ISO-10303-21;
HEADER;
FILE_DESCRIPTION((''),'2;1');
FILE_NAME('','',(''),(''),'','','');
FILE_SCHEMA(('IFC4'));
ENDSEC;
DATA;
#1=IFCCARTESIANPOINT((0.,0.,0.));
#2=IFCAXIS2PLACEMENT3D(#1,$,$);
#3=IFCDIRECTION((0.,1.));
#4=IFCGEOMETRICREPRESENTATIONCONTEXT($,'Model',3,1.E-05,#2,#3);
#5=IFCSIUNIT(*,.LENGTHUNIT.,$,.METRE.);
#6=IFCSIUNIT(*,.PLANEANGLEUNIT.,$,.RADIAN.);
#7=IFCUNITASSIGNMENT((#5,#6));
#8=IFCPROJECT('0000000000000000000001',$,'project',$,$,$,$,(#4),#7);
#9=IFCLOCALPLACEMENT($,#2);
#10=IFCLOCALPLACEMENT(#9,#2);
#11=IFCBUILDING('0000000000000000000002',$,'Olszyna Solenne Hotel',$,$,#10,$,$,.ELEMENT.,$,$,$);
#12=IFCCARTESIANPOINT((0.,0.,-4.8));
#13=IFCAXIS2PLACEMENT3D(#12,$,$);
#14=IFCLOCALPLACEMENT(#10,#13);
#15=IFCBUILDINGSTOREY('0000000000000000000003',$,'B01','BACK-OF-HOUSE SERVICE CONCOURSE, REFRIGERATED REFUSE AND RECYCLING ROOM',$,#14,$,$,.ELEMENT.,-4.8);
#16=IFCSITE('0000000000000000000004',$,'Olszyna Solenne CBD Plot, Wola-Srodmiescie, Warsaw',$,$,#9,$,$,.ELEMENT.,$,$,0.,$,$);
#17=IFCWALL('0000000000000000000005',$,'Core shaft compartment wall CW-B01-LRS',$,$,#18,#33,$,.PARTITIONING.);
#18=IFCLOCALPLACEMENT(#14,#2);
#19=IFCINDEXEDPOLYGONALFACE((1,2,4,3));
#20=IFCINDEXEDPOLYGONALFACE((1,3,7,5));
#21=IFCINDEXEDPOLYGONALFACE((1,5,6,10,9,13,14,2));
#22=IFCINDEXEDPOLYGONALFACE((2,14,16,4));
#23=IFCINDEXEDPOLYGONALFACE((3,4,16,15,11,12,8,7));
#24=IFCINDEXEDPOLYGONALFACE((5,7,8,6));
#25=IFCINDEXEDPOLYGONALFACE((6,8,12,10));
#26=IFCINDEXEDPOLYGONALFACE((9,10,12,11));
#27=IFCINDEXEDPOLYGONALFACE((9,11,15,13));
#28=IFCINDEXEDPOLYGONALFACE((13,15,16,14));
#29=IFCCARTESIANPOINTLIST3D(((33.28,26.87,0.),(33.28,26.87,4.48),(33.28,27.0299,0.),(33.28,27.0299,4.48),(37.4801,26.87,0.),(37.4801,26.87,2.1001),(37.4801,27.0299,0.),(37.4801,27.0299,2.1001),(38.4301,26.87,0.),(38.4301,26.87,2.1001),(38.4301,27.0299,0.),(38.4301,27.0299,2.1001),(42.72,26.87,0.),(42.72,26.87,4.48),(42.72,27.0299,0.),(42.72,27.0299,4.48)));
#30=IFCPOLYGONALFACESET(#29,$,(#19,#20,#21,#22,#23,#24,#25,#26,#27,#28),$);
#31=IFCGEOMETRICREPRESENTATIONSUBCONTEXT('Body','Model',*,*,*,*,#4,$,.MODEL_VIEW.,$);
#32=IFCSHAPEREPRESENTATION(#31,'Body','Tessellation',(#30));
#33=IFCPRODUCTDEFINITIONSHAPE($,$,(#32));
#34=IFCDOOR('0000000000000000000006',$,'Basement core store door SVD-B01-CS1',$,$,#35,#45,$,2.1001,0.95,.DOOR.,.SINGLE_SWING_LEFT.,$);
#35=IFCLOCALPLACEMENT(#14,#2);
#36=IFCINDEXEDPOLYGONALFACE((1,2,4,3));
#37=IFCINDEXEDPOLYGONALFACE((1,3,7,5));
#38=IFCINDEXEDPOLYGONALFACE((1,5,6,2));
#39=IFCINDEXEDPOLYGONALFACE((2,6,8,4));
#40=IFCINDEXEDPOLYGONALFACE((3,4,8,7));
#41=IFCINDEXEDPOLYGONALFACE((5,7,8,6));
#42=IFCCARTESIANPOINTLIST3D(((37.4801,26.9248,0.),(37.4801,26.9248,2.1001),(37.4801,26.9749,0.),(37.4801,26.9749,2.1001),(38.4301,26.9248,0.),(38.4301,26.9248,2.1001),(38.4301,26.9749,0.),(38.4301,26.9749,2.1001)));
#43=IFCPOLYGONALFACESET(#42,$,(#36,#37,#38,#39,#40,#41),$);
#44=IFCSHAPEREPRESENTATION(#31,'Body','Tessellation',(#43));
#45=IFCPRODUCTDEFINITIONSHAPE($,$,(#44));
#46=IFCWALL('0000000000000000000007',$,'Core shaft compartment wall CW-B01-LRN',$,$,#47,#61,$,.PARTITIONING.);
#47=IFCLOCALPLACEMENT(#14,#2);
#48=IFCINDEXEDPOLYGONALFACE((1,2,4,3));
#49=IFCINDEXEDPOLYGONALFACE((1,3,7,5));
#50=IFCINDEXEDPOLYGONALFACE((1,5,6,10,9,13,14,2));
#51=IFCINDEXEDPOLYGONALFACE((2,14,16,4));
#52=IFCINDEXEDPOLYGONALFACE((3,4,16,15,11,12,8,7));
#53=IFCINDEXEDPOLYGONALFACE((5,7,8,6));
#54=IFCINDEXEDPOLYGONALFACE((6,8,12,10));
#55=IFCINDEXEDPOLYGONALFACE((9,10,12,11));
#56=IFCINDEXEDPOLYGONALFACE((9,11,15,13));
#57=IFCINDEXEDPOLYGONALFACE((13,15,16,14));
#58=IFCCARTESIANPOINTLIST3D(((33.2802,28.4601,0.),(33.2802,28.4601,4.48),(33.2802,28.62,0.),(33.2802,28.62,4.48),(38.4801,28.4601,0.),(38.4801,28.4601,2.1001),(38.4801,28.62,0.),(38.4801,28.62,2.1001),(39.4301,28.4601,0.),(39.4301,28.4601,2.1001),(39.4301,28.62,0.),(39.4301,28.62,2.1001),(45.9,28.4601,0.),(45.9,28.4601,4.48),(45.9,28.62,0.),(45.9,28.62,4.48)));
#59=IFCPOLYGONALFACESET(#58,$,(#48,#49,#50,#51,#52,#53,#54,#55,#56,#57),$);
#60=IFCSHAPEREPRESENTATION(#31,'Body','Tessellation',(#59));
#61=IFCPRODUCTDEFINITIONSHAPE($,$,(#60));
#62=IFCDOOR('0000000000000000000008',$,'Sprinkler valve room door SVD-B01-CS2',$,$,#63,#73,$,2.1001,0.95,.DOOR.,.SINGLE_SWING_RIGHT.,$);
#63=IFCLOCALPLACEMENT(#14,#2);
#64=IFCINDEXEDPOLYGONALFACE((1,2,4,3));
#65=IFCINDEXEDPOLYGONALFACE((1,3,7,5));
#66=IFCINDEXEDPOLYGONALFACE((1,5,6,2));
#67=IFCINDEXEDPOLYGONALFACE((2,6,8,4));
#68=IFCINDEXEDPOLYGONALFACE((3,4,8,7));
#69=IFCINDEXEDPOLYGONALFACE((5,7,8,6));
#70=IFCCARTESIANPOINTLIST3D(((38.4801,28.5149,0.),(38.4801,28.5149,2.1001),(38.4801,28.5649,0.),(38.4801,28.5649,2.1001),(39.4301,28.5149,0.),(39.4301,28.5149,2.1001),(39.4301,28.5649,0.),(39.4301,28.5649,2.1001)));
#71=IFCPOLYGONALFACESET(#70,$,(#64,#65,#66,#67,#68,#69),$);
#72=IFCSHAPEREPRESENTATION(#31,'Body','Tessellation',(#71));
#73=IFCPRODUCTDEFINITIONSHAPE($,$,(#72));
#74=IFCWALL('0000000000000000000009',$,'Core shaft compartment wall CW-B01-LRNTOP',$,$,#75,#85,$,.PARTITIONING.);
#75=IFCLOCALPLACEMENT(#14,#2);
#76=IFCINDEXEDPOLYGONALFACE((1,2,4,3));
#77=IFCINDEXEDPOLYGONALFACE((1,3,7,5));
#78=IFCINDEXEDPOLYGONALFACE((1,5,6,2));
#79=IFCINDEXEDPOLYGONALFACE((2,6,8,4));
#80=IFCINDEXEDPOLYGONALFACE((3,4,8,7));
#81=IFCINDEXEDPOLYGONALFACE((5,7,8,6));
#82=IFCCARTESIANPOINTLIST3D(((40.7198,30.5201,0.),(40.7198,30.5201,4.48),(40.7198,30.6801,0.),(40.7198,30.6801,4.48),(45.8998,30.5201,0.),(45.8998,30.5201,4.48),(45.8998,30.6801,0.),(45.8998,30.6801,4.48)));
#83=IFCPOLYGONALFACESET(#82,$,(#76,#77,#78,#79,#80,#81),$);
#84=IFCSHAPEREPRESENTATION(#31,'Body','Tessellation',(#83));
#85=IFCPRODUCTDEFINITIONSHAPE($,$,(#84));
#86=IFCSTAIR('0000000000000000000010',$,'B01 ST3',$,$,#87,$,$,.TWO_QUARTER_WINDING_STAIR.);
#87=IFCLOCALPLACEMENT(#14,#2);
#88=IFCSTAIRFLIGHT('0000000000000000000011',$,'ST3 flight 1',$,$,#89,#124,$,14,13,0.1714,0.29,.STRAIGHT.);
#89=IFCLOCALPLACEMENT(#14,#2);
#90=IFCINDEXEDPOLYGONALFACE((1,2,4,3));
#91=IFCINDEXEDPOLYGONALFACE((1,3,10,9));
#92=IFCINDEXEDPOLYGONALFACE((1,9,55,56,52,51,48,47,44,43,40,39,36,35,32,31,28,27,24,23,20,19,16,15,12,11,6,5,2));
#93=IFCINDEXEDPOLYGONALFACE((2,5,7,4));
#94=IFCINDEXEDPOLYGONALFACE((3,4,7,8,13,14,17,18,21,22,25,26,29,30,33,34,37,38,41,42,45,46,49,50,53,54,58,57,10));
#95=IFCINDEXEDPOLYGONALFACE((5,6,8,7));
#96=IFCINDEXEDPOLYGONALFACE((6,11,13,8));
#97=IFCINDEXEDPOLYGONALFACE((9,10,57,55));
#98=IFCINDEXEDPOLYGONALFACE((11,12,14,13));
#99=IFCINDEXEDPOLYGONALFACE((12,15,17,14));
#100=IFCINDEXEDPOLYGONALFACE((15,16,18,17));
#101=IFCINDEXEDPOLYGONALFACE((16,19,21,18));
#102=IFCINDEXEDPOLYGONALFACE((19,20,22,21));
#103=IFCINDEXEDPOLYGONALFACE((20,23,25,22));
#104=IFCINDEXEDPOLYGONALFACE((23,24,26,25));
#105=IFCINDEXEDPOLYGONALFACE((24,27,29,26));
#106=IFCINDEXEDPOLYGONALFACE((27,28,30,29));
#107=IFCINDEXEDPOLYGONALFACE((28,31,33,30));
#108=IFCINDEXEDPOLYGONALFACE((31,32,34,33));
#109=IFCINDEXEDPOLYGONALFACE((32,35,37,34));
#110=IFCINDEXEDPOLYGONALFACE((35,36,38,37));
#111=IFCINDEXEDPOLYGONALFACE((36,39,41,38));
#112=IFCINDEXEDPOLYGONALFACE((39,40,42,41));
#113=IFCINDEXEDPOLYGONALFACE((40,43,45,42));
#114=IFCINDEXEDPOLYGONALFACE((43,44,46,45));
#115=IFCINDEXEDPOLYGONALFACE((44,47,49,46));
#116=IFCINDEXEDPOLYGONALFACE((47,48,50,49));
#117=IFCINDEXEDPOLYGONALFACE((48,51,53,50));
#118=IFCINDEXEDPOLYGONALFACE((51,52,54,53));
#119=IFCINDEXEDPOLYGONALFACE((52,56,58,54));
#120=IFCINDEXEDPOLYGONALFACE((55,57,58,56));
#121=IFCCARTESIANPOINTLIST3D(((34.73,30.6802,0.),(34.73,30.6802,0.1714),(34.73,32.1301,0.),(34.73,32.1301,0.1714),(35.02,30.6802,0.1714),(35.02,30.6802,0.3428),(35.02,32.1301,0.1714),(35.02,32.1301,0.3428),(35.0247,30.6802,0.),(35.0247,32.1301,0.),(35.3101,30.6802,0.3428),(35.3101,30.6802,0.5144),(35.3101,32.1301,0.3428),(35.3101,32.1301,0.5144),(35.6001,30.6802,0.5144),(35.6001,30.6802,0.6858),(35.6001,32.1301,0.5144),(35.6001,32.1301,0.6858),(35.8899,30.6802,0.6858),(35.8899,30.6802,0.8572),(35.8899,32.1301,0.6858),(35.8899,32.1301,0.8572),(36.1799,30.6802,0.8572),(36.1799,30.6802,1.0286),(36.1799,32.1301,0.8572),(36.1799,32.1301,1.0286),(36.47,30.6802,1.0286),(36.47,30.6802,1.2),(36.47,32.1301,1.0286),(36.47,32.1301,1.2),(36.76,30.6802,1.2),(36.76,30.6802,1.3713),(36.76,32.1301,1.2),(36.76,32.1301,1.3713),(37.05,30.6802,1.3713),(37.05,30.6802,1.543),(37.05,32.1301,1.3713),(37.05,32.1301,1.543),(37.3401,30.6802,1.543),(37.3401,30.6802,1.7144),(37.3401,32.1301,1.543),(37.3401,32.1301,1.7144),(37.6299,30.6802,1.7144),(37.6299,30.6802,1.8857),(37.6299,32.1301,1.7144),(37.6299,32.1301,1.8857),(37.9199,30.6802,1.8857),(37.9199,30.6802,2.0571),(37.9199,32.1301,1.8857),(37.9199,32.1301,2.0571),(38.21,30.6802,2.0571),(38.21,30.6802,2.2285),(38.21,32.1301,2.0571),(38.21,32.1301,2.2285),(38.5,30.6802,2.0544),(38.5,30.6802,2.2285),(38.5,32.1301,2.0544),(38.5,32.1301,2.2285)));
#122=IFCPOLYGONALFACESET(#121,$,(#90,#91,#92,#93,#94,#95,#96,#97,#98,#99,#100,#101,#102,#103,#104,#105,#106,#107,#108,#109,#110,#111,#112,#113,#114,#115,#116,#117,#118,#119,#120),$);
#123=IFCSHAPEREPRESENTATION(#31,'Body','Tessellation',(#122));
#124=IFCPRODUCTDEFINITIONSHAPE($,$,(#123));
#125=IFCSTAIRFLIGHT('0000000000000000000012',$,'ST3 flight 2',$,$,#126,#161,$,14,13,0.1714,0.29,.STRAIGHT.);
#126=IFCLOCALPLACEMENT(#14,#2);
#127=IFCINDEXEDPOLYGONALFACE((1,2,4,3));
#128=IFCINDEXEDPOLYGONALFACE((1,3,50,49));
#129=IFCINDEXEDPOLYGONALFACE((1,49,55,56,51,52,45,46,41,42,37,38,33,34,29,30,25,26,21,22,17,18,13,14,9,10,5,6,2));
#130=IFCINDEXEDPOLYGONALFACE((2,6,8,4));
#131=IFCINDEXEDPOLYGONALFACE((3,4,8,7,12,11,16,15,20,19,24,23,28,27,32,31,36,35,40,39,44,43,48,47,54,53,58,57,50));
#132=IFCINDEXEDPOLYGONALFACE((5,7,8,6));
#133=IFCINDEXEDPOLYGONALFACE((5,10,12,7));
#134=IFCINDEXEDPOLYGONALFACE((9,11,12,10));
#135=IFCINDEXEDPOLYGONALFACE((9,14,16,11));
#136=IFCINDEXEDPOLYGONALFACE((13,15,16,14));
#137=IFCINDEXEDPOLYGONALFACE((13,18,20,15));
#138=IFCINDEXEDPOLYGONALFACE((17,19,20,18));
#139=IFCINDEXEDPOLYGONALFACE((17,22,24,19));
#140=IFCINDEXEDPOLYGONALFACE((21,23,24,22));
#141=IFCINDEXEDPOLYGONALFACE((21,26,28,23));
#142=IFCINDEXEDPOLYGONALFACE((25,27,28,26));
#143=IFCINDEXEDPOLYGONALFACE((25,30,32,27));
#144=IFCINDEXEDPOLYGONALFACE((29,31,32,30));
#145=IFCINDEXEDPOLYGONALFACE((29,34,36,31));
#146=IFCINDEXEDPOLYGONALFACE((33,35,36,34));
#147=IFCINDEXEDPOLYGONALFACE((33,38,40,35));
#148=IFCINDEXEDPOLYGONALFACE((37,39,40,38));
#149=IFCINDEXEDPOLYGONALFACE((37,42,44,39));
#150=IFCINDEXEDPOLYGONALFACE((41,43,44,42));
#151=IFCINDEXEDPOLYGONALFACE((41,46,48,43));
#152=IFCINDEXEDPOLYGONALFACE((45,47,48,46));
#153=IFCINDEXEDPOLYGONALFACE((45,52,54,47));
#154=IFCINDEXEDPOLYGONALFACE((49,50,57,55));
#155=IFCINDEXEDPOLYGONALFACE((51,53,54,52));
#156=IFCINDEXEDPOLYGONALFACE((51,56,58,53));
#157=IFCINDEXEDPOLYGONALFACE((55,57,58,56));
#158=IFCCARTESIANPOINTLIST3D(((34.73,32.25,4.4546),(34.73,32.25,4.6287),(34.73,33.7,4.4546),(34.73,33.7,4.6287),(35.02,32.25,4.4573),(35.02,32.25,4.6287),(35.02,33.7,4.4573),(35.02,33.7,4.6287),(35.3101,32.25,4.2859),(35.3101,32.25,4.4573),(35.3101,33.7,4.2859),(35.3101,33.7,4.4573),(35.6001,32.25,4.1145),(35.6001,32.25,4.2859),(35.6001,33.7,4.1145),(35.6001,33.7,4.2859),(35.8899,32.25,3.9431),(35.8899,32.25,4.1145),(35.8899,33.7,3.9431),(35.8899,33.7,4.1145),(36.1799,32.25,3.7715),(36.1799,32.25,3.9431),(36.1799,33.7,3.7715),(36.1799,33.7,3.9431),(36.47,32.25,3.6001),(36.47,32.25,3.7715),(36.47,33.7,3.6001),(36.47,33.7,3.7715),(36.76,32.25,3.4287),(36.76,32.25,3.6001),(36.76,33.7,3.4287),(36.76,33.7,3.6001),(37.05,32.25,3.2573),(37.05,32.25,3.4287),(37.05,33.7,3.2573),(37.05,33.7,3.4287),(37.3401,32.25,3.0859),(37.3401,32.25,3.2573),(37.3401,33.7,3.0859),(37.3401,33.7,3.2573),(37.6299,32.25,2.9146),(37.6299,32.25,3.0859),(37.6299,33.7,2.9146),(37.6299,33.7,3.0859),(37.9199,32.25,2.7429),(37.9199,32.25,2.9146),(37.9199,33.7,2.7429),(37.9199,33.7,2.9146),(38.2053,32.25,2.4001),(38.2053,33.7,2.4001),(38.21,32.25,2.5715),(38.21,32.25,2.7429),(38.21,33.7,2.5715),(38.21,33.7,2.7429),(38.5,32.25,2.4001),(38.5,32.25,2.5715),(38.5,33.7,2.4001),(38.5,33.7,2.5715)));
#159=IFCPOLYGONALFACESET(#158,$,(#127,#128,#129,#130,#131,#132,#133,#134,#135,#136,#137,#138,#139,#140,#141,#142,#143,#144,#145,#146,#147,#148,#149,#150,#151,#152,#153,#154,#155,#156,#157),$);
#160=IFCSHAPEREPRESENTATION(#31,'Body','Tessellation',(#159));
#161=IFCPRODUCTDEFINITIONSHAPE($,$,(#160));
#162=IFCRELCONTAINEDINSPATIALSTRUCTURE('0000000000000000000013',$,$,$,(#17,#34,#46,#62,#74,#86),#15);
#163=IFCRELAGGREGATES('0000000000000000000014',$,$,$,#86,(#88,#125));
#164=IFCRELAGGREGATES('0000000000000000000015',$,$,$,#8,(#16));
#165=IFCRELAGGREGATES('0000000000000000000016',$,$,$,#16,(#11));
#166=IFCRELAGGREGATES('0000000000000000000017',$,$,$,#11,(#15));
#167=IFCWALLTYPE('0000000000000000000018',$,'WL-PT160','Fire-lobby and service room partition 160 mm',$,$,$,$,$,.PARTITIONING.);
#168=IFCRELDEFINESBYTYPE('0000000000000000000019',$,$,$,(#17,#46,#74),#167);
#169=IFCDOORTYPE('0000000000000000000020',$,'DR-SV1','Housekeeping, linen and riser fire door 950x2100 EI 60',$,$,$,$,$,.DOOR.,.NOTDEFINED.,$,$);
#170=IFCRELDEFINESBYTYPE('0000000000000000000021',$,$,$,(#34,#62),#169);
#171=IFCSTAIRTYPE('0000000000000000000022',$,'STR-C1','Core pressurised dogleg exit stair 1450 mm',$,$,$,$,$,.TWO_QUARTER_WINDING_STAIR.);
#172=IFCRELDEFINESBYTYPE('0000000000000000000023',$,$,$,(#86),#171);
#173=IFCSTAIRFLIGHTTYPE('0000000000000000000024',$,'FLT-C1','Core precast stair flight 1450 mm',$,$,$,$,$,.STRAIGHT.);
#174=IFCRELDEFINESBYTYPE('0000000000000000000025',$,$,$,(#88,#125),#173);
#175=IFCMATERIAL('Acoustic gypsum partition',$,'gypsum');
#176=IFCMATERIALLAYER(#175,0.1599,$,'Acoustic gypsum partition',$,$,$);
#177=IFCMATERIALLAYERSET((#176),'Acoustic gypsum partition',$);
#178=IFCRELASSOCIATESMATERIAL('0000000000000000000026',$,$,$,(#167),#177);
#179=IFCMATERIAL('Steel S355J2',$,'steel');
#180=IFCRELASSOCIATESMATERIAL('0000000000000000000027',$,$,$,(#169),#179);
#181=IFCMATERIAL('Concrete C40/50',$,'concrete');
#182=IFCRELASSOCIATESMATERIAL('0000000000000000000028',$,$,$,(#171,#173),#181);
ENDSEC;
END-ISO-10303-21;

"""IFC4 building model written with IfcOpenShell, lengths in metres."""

from ifc_helpers import new_model, si_unit, direction, frame, frame_2d, origin, place, context, subcontext, project, spatial, polyline, rectangle, outline, extrude, source, transform, mapped, material, layer, layer_set, type_object, type_shapes, element, fill, aggregate, save


model = new_model("IFC4")

# Units and contexts
model_context = context("Model", 3, precision=1e-05, world=origin(), true_north=direction((0.0, 1.0)))
body_context = subcontext(model_context, "Body", "Model", "MODEL_VIEW")
ifc_project = project(units=[si_unit("LENGTHUNIT", "METRE"), si_unit("PLANEANGLEUNIT", "RADIAN")], contexts=[model_context])

# Site, building, storey
site_placement = place(None, origin())
site = spatial("IfcSite", under=ifc_project, at=site_placement, Name="Olszyna Solenne CBD Plot, Wola-Srodmiescie, Warsaw", CompositionType="ELEMENT", RefElevation=0.0)
building_placement = place(site_placement, origin())
building = spatial("IfcBuilding", under=site, at=building_placement, Name="Olszyna Solenne Hotel", CompositionType="ELEMENT")
storey_placement = place(building_placement, frame((0.0, 0.0, -4.8)))
storey = spatial("IfcBuildingStorey", under=building, at=storey_placement, Name="B01", Description="BACK-OF-HOUSE SERVICE CONCOURSE, REFRIGERATED REFUSE AND RECYCLING ROOM", CompositionType="ELEMENT", Elevation=-4.8)

# Shared definitions
ifc_material_1 = material(Name="Steel S355J2", Category="steel")

# Shared definitions
ifc_material_2 = material(Name="Acoustic gypsum partition", Category="gypsum")
ifc_layer = layer(ifc_material_2, 0.1599, Name="Acoustic gypsum partition")
ifc_layer_set = layer_set([ifc_layer], Name="Acoustic gypsum partition")
wall_type = type_object("IfcWallType", Name="WL-PT160", Description="Fire-lobby and service room partition 160 mm", PredefinedType="PARTITIONING", material=ifc_layer_set)

# Walls, openings, doors
wall_1_placement = place(storey_placement, frame((33.28, 26.95, 0.0), z_axis=(0.0, 0.0, 1.0), x_axis=(1.0, 0.0, 0.0)))
wall_1 = element("IfcWall", 1, at=wall_1_placement, inside=storey, type_object=wall_type, Name="Core shaft compartment wall CW-B01-LRS", PredefinedType="PARTITIONING", context=body_context, shape_type="SweptSolid", body=[
    extrude(rectangle(XDim=9.4399, YDim=0.1599, at=frame_2d((4.72, 0.0))), origin(), (0.0, 0.0, 1.0), 4.48),
])
opening_1_placement = place(wall_1_placement, frame((4.2, 0.0, 0.0)))
opening_1 = element("IfcOpeningElement", 2, at=opening_1_placement, cuts=wall_1, PredefinedType="OPENING", context=body_context, shape_type="SweptSolid", body=[
    extrude(rectangle(XDim=0.95, YDim=2.1001, at=frame_2d((0.4751, 1.05))), frame((0.0, 0.0898, 0.0), z_axis=(0.0, -1.0, 0.0), x_axis=(1.0, 0.0, 0.0)), (0.0, 0.0, 1.0), 0.1799),
])
door_type_1 = type_object("IfcDoorType", Name="DR-SV1", Description="Housekeeping, linen and riser fire door 950x2100 EI 60", OperationType="NOTDEFINED", PredefinedType="DOOR", material=ifc_material_1)
shared_shape_1 = source(origin(), body_context, "Body", "SweptSolid", [
    extrude(rectangle(XDim=0.95, YDim=2.1001, at=frame_2d((0.4751, 1.05))), frame((0.0, 0.0249, 0.0), z_axis=(0.0, -1.0, 0.0), x_axis=(1.0, 0.0, 0.0)), (0.0, 0.0, 1.0), 0.05),
])
type_shapes(door_type_1, [shared_shape_1])
door_1_placement = place(opening_1_placement, origin())
door_1 = element("IfcDoor", 3, at=door_1_placement, inside=storey, type_object=door_type_1, Name="Basement core store door SVD-B01-CS1", OperationType="SINGLE_SWING_LEFT", OverallHeight=2.1001, OverallWidth=0.95, PredefinedType="DOOR", context=body_context, shape_type="MappedRepresentation", body=[
    mapped(shared_shape_1, transform((0.0, 0.0, 0.0), x_axis=(1.0, 0.0, 0.0), y_axis=(0.0, 1.0, 0.0), z_axis=(0.0, 0.0, 1.0), scale=1.0)),
])
fill(opening_1, door_1)
wall_2_placement = place(storey_placement, frame((33.28, 28.54, 0.0), z_axis=(0.0, 0.0, 1.0), x_axis=(1.0, 0.0, 0.0)))
wall_2 = element("IfcWall", 4, at=wall_2_placement, inside=storey, type_object=wall_type, Name="Core shaft compartment wall CW-B01-LRN", PredefinedType="PARTITIONING", context=body_context, shape_type="SweptSolid", body=[
    extrude(rectangle(XDim=12.6199, YDim=0.1599, at=frame_2d((6.3101, 0.0))), origin(), (0.0, 0.0, 1.0), 4.48),
])
opening_2_placement = place(wall_2_placement, frame((5.2, 0.0, 0.0)))
opening_2 = element("IfcOpeningElement", 5, at=opening_2_placement, cuts=wall_2, PredefinedType="OPENING", context=body_context, shape_type="SweptSolid", body=[
    extrude(rectangle(XDim=0.95, YDim=2.1001, at=frame_2d((0.4751, 1.05))), frame((0.0, 0.0898, 0.0), z_axis=(0.0, -1.0, 0.0), x_axis=(1.0, 0.0, 0.0)), (0.0, 0.0, 1.0), 0.1799),
])
door_2_placement = place(opening_2_placement, origin())
door_2 = element("IfcDoor", 6, at=door_2_placement, inside=storey, type_object=door_type_1, Name="Sprinkler valve room door SVD-B01-CS2", OperationType="SINGLE_SWING_RIGHT", OverallHeight=2.1001, OverallWidth=0.95, PredefinedType="DOOR", context=body_context, shape_type="MappedRepresentation", body=[
    mapped(shared_shape_1, transform((0.0, 0.0, 0.0), x_axis=(1.0, 0.0, 0.0), y_axis=(0.0, 1.0, 0.0), z_axis=(0.0, 0.0, 1.0), scale=1.0)),
])
fill(opening_2, door_2)

# Wall
wall_3_placement = place(storey_placement, frame((40.72, 30.6001, 0.0), z_axis=(0.0, 0.0, 1.0), x_axis=(1.0, 0.0, 0.0)))
element("IfcWall", 7, at=wall_3_placement, inside=storey, type_object=wall_type, Name="Core shaft compartment wall CW-B01-LRNTOP", PredefinedType="PARTITIONING", context=body_context, shape_type="SweptSolid", body=[
    extrude(rectangle(XDim=5.1799, YDim=0.1599, at=frame_2d((2.5898, 0.0))), origin(), (0.0, 0.0, 1.0), 4.48),
])

# Stair, stair flights
ifc_material_3 = material(Name="Concrete C40/50", Category="concrete")
stair_type = type_object("IfcStairType", Name="STR-C1", Description="Core pressurised dogleg exit stair 1450 mm", PredefinedType="TWO_QUARTER_WINDING_STAIR", material=ifc_material_3)
stair_placement = place(storey_placement, origin())
stair = element("IfcStair", 8, at=stair_placement, inside=storey, type_object=stair_type, Name="B01 ST3", PredefinedType="TWO_QUARTER_WINDING_STAIR")
stair_flight_type = type_object("IfcStairFlightType", Name="FLT-C1", Description="Core precast stair flight 1450 mm", PredefinedType="STRAIGHT", material=ifc_material_3)
stair_flight_1_placement = place(storey_placement, frame((34.73, 31.405, 0.0), z_axis=(0.0, 0.0, 1.0), x_axis=(1.0, 0.0, 0.0)))
stair_flight_1 = element("IfcStairFlight", 9, at=stair_flight_1_placement, type_object=stair_flight_type, Name="ST3 flight 1", NumberOfRisers=14, NumberOfTreads=13, PredefinedType="STRAIGHT", RiserHeight=0.1714, TreadLength=0.29, context=body_context, shape_type="SweptSolid", body=[
    extrude(outline(polyline([(0.0, 0.0), (0.0, 0.1714), (0.29, 0.1714), (0.29, 0.3428), (0.5801, 0.3428), (0.5801, 0.5144), (0.8701, 0.5144), (0.8701, 0.6858), (1.1599, 0.6858), (1.1599, 0.8572), (1.45, 0.8572), (1.45, 1.0286), (1.74, 1.0286), (1.74, 1.2), (2.03, 1.2), (2.03, 1.3713), (2.3201, 1.3713), (2.3201, 1.543), (2.6101, 1.543), (2.6101, 1.7144), (2.8999, 1.7144), (2.8999, 1.8857), (3.1899, 1.8857), (3.1899, 2.0571), (3.48, 2.0571), (3.48, 2.2285), (3.77, 2.2285), (3.77, 2.3999), (3.77, 2.0544), (0.2947, 0.0), (0.0, 0.0)])), frame((0.0, 0.7251, 0.0), z_axis=(0.0, -1.0, 0.0), x_axis=(1.0, 0.0, 0.0)), (0.0, 0.0, 1.0), 1.45),
])
stair_flight_2_placement = place(storey_placement, frame((38.5, 32.9751, 2.4001), z_axis=(0.0, 0.0, 1.0), x_axis=(-1.0, 0.0, 0.0)))
stair_flight_2 = element("IfcStairFlight", 10, at=stair_flight_2_placement, type_object=stair_flight_type, Name="ST3 flight 2", NumberOfRisers=14, NumberOfTreads=13, PredefinedType="STRAIGHT", RiserHeight=0.1714, TreadLength=0.29, context=body_context, shape_type="SweptSolid", body=[
    extrude(outline(polyline([(0.0, 0.0), (0.0, 0.1714), (0.29, 0.1714), (0.29, 0.3428), (0.5801, 0.3428), (0.5801, 0.5144), (0.8701, 0.5144), (0.8701, 0.6858), (1.1599, 0.6858), (1.1599, 0.8572), (1.45, 0.8572), (1.45, 1.0286), (1.74, 1.0286), (1.74, 1.2), (2.03, 1.2), (2.03, 1.3713), (2.3201, 1.3713), (2.3201, 1.543), (2.6101, 1.543), (2.6101, 1.7144), (2.8999, 1.7144), (2.8999, 1.8857), (3.1899, 1.8857), (3.1899, 2.0571), (3.48, 2.0571), (3.48, 2.2285), (3.77, 2.2285), (3.77, 2.3999), (3.77, 2.0544), (0.2947, 0.0), (0.0, 0.0)])), frame((0.0, 0.7251, 0.0), z_axis=(0.0, -1.0, 0.0), x_axis=(1.0, 0.0, 0.0)), (0.0, 0.0, 1.0), 1.45),
])
aggregate(stair, [stair_flight_1, stair_flight_2])

save(model, "model.ifc")
